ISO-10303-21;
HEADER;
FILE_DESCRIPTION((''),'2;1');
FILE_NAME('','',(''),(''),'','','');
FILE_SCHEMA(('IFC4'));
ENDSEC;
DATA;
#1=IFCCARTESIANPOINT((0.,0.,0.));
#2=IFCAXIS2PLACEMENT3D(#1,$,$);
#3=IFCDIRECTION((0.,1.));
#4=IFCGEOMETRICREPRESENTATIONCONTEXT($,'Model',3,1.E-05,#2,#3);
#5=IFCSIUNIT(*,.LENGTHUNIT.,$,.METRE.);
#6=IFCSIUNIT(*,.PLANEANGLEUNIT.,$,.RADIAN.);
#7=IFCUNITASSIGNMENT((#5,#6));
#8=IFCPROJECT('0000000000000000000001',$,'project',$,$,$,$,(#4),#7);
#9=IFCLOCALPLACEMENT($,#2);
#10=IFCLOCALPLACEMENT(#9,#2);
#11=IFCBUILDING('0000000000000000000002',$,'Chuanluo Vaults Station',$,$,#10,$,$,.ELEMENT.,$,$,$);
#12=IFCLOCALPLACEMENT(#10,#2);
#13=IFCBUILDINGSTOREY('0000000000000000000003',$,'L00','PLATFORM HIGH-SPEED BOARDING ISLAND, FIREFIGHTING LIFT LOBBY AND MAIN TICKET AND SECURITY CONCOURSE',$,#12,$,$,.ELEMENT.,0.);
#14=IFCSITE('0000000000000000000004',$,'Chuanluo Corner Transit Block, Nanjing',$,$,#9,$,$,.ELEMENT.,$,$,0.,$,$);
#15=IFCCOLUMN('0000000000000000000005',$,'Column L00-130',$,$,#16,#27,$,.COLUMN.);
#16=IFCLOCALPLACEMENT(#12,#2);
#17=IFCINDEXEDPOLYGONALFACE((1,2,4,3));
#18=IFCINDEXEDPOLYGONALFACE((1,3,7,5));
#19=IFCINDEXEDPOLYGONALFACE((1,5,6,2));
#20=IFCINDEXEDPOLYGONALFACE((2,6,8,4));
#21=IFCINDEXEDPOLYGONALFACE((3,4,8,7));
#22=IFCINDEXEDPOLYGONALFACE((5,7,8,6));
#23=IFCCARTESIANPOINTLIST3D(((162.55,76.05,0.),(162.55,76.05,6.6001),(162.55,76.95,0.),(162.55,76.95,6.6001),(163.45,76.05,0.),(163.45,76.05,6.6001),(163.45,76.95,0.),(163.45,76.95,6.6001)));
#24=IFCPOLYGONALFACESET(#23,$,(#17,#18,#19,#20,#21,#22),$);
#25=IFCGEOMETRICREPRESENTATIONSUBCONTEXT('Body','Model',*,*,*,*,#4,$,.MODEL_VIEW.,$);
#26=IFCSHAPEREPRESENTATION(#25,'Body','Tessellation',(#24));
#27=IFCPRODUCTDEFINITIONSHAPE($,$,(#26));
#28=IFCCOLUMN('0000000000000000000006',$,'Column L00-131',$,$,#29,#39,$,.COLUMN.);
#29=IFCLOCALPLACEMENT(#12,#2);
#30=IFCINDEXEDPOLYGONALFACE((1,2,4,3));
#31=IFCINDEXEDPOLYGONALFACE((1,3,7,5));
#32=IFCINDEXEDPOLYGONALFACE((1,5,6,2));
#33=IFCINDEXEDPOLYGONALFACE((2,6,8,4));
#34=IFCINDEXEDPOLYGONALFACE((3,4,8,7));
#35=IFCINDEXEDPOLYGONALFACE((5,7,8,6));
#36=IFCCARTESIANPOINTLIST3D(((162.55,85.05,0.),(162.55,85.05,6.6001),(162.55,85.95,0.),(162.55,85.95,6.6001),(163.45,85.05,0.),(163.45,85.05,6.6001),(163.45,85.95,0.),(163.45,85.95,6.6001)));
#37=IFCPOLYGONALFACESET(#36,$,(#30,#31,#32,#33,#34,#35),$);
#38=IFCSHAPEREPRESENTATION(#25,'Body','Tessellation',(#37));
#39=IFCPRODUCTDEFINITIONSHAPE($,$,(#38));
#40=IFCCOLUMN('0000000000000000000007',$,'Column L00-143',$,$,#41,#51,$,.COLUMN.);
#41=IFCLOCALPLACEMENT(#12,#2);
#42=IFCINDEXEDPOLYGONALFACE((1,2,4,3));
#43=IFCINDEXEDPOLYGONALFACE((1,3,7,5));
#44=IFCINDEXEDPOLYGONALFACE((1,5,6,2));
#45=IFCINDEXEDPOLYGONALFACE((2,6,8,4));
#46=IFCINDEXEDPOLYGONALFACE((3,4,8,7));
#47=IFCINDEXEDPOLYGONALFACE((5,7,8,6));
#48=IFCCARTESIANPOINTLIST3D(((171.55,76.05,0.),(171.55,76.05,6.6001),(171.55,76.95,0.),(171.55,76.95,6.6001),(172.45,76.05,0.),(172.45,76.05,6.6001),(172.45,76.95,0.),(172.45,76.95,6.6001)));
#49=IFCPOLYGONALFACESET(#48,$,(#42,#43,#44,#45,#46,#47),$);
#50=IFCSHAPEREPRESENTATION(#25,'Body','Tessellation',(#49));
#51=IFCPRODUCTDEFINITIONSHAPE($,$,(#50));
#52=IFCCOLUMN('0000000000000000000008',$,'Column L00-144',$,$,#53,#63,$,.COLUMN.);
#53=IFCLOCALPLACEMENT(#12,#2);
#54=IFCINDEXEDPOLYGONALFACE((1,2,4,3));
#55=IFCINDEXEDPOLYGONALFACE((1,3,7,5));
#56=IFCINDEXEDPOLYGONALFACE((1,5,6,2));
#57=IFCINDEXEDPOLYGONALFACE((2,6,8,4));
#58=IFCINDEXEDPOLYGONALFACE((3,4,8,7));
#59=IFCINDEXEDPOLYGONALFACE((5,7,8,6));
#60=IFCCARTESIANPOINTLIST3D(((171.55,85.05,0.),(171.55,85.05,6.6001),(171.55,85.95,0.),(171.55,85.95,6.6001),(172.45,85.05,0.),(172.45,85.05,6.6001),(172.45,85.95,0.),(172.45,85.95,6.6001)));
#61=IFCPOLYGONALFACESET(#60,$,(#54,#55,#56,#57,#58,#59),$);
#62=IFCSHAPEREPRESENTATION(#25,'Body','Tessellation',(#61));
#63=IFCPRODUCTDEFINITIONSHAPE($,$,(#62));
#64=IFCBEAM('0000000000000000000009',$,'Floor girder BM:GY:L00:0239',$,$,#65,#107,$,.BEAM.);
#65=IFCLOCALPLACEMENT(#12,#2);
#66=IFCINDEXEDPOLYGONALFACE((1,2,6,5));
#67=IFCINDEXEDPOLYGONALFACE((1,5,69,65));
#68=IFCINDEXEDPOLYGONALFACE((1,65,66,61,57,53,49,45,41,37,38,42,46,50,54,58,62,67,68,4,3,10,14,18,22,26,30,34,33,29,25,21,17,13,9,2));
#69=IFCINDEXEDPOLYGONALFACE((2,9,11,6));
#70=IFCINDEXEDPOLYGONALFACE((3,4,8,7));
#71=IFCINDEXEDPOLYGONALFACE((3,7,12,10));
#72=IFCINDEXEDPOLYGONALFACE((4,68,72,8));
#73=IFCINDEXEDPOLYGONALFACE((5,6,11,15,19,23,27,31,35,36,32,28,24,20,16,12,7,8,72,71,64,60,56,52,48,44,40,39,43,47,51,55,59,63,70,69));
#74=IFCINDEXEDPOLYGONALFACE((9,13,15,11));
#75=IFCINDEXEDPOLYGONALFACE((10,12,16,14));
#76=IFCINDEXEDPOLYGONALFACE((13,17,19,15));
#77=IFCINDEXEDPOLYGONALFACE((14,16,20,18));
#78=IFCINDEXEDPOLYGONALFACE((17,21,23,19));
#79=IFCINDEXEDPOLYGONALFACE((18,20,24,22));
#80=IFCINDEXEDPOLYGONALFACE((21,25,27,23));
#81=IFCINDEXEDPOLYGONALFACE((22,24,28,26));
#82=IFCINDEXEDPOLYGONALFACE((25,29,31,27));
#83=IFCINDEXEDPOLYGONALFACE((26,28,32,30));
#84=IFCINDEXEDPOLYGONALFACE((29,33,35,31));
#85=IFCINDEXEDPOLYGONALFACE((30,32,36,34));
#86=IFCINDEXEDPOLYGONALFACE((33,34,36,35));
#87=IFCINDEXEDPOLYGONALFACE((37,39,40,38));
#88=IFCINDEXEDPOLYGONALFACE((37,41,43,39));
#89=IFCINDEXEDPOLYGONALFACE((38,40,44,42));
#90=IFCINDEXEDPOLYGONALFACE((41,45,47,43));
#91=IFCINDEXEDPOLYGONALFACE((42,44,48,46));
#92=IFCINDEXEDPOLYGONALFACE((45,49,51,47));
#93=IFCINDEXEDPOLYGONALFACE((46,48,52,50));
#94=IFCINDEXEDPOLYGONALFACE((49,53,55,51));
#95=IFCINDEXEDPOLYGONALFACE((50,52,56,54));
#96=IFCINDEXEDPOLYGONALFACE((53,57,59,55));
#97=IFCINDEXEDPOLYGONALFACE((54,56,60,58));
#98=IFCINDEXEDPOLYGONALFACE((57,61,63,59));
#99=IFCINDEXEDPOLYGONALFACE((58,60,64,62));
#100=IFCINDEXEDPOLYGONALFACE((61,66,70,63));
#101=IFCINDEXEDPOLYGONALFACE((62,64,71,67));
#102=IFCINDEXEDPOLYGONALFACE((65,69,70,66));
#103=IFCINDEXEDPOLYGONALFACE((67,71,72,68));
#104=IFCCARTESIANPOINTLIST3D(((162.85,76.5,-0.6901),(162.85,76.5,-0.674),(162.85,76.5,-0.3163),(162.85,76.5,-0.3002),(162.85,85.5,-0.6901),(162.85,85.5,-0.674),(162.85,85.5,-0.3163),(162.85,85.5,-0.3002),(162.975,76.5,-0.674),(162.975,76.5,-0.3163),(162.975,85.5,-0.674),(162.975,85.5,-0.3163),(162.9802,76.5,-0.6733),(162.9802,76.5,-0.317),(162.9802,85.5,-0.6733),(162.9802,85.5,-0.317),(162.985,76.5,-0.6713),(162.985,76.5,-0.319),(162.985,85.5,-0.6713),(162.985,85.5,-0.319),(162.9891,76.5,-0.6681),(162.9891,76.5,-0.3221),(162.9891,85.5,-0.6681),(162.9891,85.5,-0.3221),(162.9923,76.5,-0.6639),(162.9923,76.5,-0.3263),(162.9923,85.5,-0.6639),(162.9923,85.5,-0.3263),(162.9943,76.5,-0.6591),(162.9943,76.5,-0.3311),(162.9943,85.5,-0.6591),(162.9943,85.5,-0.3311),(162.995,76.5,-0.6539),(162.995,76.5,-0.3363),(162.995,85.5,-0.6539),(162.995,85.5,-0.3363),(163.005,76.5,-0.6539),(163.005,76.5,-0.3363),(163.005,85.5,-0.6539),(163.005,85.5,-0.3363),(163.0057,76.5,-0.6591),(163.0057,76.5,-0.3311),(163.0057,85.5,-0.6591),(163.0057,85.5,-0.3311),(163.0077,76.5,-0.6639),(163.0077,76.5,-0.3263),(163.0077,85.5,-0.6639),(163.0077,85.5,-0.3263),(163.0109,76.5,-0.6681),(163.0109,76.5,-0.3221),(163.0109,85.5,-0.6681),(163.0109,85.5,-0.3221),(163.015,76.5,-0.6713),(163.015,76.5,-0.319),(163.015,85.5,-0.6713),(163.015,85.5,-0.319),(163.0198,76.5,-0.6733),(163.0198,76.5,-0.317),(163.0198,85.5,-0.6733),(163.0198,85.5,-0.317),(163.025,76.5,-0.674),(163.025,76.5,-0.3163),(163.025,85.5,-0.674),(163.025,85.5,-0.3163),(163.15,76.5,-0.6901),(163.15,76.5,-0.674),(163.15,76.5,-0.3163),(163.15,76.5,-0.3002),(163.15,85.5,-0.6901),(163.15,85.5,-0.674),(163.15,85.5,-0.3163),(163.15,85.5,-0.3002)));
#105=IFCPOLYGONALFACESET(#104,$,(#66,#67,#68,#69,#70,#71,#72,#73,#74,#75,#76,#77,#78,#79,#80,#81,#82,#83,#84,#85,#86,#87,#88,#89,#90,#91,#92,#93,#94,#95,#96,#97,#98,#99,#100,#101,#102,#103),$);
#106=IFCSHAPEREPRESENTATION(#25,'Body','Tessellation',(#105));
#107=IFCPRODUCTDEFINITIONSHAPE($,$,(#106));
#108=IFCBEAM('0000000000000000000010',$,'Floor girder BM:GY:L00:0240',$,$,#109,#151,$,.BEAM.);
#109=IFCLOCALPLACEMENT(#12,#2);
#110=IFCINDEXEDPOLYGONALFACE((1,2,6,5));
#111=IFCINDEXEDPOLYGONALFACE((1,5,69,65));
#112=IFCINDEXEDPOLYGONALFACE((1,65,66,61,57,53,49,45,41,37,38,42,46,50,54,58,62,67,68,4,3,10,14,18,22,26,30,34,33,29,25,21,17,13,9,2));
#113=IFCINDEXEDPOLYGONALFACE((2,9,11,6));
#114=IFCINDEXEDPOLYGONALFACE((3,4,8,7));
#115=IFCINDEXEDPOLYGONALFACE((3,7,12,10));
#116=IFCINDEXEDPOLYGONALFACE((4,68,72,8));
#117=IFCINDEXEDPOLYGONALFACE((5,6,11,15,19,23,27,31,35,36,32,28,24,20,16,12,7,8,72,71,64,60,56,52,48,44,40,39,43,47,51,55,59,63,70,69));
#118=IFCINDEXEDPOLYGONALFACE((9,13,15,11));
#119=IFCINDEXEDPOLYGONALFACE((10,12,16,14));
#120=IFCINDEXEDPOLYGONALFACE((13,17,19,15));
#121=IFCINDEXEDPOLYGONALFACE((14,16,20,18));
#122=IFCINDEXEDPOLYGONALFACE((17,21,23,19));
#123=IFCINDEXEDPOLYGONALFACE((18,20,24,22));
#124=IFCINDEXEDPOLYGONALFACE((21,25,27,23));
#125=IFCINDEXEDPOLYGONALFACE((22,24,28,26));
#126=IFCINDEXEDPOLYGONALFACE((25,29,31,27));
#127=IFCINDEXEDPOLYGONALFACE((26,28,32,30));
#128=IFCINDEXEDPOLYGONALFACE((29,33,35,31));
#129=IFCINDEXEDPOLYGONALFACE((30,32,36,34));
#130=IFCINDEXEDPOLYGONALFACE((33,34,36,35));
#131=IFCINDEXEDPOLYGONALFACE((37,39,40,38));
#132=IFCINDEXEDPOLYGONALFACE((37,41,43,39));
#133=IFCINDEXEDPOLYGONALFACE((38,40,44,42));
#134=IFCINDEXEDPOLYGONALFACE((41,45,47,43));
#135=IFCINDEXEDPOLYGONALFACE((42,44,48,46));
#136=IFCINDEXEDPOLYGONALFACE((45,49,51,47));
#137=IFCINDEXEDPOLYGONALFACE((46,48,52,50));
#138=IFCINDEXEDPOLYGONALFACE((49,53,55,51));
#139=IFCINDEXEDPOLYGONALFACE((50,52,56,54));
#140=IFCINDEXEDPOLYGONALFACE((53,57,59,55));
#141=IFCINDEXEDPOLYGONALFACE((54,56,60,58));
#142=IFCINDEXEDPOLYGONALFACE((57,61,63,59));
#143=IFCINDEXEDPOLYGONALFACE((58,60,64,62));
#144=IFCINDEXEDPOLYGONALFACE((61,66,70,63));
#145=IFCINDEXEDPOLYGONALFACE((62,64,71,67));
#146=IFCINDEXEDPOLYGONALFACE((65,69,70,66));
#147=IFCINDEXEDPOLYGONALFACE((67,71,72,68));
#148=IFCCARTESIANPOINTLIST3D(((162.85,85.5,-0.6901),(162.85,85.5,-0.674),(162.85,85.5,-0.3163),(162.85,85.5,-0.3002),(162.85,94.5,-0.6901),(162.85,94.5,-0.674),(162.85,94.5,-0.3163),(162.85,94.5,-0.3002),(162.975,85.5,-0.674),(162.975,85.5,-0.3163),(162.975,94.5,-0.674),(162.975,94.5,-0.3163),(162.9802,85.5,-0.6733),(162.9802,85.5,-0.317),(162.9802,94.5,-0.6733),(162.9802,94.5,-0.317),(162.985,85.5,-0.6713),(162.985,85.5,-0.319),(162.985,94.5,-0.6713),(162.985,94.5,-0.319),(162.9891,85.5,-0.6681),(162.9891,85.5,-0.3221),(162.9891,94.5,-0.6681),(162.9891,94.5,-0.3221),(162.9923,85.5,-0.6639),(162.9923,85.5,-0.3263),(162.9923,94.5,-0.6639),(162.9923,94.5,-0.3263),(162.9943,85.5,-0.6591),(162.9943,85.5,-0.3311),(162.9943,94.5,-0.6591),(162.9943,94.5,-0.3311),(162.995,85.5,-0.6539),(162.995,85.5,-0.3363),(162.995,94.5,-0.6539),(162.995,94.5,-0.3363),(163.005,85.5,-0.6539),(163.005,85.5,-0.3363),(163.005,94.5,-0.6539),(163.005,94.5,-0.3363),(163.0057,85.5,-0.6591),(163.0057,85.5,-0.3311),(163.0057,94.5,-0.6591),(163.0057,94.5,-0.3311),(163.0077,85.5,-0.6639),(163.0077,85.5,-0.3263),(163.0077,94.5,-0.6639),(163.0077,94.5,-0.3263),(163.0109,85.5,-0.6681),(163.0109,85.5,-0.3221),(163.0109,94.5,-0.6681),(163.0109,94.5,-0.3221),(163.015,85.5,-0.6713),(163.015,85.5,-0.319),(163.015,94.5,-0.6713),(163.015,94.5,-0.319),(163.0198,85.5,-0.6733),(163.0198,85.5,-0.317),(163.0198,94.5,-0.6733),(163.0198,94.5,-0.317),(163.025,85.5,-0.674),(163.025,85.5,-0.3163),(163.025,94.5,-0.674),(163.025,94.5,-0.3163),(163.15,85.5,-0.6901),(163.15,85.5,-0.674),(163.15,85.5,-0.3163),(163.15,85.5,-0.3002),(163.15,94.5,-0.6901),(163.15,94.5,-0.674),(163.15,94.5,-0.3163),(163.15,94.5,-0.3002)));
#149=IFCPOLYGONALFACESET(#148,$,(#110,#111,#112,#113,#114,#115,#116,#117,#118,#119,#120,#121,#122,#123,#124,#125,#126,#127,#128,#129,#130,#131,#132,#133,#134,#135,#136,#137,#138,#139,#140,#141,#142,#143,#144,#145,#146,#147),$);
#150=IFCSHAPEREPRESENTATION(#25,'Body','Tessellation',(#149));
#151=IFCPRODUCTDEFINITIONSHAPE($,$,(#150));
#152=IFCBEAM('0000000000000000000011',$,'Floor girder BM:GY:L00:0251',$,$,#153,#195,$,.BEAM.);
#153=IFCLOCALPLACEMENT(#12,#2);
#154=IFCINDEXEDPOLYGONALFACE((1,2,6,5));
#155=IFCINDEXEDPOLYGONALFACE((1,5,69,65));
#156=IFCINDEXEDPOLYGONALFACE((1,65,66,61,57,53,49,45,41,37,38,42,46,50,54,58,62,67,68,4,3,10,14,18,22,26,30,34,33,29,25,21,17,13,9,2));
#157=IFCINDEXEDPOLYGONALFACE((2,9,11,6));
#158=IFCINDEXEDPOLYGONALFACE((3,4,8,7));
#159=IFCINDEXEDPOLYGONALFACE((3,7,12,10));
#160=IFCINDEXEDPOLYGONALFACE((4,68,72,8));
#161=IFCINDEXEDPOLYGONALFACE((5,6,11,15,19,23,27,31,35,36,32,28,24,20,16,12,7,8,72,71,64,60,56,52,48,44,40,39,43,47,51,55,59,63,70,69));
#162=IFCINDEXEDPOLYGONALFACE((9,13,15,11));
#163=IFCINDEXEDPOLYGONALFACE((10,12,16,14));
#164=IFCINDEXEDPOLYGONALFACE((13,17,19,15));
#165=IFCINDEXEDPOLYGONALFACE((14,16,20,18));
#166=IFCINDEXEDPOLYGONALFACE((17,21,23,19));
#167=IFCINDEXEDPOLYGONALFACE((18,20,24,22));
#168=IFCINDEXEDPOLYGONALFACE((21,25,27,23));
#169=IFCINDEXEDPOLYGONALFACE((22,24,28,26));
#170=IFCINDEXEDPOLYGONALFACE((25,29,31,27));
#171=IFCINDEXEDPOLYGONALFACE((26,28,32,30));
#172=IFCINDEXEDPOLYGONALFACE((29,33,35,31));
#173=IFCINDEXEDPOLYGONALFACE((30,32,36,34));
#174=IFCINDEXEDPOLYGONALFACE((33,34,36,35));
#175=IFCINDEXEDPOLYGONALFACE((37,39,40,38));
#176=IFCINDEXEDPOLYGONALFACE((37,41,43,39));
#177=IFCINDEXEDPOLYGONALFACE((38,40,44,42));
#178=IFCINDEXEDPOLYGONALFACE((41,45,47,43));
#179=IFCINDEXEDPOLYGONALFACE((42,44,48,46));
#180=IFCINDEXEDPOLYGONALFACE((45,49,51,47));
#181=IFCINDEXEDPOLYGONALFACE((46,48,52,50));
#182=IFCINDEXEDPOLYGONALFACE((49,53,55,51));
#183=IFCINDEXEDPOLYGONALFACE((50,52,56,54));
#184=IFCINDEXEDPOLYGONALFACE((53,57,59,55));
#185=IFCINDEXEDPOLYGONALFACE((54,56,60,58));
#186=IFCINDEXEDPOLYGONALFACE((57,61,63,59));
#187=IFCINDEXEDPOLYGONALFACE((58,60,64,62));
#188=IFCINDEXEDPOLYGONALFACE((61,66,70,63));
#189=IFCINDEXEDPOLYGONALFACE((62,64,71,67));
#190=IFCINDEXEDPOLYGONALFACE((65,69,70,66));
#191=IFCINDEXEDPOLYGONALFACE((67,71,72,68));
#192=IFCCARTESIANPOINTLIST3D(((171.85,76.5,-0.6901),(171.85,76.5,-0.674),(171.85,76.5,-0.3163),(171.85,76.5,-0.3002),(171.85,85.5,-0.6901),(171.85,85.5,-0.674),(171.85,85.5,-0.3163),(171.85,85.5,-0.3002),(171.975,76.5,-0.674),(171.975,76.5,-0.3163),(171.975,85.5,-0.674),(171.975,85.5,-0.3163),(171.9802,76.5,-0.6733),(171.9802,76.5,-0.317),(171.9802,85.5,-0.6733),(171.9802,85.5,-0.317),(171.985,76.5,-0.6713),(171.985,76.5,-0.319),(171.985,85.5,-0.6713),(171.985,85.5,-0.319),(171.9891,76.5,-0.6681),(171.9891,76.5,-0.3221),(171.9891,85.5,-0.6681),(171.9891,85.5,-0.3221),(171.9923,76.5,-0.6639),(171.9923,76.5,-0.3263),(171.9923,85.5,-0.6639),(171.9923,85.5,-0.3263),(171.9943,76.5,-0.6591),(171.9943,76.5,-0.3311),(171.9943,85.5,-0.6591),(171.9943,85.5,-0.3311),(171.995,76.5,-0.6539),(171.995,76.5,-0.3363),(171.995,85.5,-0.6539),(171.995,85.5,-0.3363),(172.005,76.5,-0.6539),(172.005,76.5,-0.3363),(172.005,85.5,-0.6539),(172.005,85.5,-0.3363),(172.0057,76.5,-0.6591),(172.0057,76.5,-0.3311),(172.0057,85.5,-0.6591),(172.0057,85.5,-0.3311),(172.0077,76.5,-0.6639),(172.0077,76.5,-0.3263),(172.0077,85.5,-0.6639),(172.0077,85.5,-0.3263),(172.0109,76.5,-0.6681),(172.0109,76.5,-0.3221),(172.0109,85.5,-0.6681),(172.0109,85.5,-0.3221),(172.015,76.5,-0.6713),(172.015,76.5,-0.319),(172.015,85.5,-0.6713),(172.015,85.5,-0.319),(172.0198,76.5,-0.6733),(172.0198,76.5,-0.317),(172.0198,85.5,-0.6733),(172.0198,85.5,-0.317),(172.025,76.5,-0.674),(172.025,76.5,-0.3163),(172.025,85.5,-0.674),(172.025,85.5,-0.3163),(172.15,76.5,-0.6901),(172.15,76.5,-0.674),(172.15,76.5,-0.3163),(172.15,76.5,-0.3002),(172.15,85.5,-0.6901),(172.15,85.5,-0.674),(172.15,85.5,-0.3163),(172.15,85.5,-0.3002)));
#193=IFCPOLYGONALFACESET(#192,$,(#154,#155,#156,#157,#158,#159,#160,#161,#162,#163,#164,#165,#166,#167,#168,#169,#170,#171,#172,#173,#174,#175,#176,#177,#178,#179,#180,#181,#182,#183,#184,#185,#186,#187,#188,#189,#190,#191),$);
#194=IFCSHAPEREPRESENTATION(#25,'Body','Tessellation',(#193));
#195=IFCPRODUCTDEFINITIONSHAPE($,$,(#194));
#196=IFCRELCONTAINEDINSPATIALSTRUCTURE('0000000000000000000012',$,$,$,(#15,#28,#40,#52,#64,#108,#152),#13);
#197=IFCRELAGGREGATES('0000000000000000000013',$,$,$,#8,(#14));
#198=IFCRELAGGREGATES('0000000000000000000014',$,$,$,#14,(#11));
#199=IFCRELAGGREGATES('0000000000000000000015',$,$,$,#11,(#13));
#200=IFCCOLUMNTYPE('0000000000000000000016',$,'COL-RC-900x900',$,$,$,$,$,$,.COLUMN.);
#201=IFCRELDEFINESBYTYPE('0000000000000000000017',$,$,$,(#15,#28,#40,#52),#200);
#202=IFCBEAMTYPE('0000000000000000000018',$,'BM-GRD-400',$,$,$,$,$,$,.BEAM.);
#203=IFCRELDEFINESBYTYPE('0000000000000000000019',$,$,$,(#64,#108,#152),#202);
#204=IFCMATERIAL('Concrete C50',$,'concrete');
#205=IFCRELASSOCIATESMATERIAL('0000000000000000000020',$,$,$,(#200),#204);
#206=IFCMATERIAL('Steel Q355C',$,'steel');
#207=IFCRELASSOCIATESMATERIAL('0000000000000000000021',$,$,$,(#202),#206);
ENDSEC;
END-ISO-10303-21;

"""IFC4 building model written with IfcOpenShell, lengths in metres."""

from ifc_helpers import new_model, si_unit, direction, frame, origin, origin_2d, place, context, subcontext, project, spatial, rectangle, i_section, extrude, material, material_profile, profile_set, type_object, element, save


model = new_model("IFC4")

# Units and contexts
model_context = context("Model", 3, precision=1e-05, world=origin(), true_north=direction((0.0, 1.0)))
body_context = subcontext(model_context, "Body", "Model", "MODEL_VIEW")
ifc_project = project(units=[si_unit("LENGTHUNIT", "METRE"), si_unit("PLANEANGLEUNIT", "RADIAN")], contexts=[model_context])

# Site, building, storey
site_placement = place(None, origin())
site = spatial("IfcSite", under=ifc_project, at=site_placement, Name="Chuanluo Corner Transit Block, Nanjing", CompositionType="ELEMENT", RefElevation=0.0)
building_placement = place(site_placement, origin())
building = spatial("IfcBuilding", under=site, at=building_placement, Name="Chuanluo Vaults Station", CompositionType="ELEMENT")
storey_placement = place(building_placement, origin())
storey = spatial("IfcBuildingStorey", under=building, at=storey_placement, Name="L00", Description="PLATFORM HIGH-SPEED BOARDING ISLAND, FIREFIGHTING LIFT LOBBY AND MAIN TICKET AND SECURITY CONCOURSE", CompositionType="ELEMENT", Elevation=0.0)

# Columns
ifc_material_1 = material(Name="Concrete C50", Category="concrete")
ifc_material_profile_1 = material_profile(ifc_material_1, rectangle(XDim=0.8999, YDim=0.8999, at=origin_2d()))
ifc_profile_set_1 = profile_set([ifc_material_profile_1], Name="Concrete C50")
column_type = type_object("IfcColumnType", Name="COL-RC-900x900", PredefinedType="COLUMN", material=ifc_profile_set_1)
for number, where, z_axis, x_axis, name in (
    (1, (163.0, 76.5, 0.0), (0.0, 0.0, 1.0), (1.0, 0.0, 0.0), "Column L00-130"),
    (2, (163.0, 85.5, 0.0), (0.0, 0.0, 1.0), (1.0, 0.0, 0.0), "Column L00-131"),
    (3, (172.0, 76.5, 0.0), (0.0, 0.0, 1.0), (1.0, 0.0, 0.0), "Column L00-143"),
    (4, (172.0, 85.5, 0.0), (0.0, 0.0, 1.0), (1.0, 0.0, 0.0), "Column L00-144"),
):
    element("IfcColumn", number, at=place(storey_placement, frame(where, z_axis=z_axis, x_axis=x_axis)), inside=storey, type_object=column_type, Name=name, PredefinedType="COLUMN", context=body_context, shape_type="SweptSolid", body=[
        extrude(rectangle(XDim=0.8999, YDim=0.8999, at=origin_2d()), origin(), (0.0, 0.0, 1.0), 6.6001),
    ])

# Beams
ifc_material_2 = material(Name="Steel Q355C", Category="steel")
ifc_material_profile_2 = material_profile(ifc_material_2, i_section(OverallWidth=0.3, OverallDepth=0.3899, WebThickness=0.01, FlangeThickness=0.0161, FilletRadius=0.02, at=origin_2d()))
ifc_profile_set_2 = profile_set([ifc_material_profile_2], Name="Steel Q355C")
beam_type_1 = type_object("IfcBeamType", Name="BM-GRD-400", PredefinedType="BEAM", material=ifc_profile_set_2)
for number, where, z_axis, x_axis, name in (
    (5, (163.0, 76.5, -0.4951), (0.0, 1.0, 0.0), (-1.0, 0.0, 0.0), "Floor girder BM:GY:L00:0239"),
    (6, (163.0, 85.5, -0.4951), (0.0, 1.0, 0.0), (-1.0, 0.0, 0.0), "Floor girder BM:GY:L00:0240"),
    (7, (172.0, 76.5, -0.4951), (0.0, 1.0, 0.0), (-1.0, 0.0, 0.0), "Floor girder BM:GY:L00:0251"),
):
    element("IfcBeam", number, at=place(storey_placement, frame(where, z_axis=z_axis, x_axis=x_axis)), inside=storey, type_object=beam_type_1, Name=name, PredefinedType="BEAM", context=body_context, shape_type="SweptSolid", body=[
        extrude(i_section(OverallWidth=0.3, OverallDepth=0.3899, WebThickness=0.01, FlangeThickness=0.0161, FilletRadius=0.02, at=origin_2d()), origin(), (0.0, 0.0, 1.0), 9.0),
    ])

save(model, "model.ifc")
